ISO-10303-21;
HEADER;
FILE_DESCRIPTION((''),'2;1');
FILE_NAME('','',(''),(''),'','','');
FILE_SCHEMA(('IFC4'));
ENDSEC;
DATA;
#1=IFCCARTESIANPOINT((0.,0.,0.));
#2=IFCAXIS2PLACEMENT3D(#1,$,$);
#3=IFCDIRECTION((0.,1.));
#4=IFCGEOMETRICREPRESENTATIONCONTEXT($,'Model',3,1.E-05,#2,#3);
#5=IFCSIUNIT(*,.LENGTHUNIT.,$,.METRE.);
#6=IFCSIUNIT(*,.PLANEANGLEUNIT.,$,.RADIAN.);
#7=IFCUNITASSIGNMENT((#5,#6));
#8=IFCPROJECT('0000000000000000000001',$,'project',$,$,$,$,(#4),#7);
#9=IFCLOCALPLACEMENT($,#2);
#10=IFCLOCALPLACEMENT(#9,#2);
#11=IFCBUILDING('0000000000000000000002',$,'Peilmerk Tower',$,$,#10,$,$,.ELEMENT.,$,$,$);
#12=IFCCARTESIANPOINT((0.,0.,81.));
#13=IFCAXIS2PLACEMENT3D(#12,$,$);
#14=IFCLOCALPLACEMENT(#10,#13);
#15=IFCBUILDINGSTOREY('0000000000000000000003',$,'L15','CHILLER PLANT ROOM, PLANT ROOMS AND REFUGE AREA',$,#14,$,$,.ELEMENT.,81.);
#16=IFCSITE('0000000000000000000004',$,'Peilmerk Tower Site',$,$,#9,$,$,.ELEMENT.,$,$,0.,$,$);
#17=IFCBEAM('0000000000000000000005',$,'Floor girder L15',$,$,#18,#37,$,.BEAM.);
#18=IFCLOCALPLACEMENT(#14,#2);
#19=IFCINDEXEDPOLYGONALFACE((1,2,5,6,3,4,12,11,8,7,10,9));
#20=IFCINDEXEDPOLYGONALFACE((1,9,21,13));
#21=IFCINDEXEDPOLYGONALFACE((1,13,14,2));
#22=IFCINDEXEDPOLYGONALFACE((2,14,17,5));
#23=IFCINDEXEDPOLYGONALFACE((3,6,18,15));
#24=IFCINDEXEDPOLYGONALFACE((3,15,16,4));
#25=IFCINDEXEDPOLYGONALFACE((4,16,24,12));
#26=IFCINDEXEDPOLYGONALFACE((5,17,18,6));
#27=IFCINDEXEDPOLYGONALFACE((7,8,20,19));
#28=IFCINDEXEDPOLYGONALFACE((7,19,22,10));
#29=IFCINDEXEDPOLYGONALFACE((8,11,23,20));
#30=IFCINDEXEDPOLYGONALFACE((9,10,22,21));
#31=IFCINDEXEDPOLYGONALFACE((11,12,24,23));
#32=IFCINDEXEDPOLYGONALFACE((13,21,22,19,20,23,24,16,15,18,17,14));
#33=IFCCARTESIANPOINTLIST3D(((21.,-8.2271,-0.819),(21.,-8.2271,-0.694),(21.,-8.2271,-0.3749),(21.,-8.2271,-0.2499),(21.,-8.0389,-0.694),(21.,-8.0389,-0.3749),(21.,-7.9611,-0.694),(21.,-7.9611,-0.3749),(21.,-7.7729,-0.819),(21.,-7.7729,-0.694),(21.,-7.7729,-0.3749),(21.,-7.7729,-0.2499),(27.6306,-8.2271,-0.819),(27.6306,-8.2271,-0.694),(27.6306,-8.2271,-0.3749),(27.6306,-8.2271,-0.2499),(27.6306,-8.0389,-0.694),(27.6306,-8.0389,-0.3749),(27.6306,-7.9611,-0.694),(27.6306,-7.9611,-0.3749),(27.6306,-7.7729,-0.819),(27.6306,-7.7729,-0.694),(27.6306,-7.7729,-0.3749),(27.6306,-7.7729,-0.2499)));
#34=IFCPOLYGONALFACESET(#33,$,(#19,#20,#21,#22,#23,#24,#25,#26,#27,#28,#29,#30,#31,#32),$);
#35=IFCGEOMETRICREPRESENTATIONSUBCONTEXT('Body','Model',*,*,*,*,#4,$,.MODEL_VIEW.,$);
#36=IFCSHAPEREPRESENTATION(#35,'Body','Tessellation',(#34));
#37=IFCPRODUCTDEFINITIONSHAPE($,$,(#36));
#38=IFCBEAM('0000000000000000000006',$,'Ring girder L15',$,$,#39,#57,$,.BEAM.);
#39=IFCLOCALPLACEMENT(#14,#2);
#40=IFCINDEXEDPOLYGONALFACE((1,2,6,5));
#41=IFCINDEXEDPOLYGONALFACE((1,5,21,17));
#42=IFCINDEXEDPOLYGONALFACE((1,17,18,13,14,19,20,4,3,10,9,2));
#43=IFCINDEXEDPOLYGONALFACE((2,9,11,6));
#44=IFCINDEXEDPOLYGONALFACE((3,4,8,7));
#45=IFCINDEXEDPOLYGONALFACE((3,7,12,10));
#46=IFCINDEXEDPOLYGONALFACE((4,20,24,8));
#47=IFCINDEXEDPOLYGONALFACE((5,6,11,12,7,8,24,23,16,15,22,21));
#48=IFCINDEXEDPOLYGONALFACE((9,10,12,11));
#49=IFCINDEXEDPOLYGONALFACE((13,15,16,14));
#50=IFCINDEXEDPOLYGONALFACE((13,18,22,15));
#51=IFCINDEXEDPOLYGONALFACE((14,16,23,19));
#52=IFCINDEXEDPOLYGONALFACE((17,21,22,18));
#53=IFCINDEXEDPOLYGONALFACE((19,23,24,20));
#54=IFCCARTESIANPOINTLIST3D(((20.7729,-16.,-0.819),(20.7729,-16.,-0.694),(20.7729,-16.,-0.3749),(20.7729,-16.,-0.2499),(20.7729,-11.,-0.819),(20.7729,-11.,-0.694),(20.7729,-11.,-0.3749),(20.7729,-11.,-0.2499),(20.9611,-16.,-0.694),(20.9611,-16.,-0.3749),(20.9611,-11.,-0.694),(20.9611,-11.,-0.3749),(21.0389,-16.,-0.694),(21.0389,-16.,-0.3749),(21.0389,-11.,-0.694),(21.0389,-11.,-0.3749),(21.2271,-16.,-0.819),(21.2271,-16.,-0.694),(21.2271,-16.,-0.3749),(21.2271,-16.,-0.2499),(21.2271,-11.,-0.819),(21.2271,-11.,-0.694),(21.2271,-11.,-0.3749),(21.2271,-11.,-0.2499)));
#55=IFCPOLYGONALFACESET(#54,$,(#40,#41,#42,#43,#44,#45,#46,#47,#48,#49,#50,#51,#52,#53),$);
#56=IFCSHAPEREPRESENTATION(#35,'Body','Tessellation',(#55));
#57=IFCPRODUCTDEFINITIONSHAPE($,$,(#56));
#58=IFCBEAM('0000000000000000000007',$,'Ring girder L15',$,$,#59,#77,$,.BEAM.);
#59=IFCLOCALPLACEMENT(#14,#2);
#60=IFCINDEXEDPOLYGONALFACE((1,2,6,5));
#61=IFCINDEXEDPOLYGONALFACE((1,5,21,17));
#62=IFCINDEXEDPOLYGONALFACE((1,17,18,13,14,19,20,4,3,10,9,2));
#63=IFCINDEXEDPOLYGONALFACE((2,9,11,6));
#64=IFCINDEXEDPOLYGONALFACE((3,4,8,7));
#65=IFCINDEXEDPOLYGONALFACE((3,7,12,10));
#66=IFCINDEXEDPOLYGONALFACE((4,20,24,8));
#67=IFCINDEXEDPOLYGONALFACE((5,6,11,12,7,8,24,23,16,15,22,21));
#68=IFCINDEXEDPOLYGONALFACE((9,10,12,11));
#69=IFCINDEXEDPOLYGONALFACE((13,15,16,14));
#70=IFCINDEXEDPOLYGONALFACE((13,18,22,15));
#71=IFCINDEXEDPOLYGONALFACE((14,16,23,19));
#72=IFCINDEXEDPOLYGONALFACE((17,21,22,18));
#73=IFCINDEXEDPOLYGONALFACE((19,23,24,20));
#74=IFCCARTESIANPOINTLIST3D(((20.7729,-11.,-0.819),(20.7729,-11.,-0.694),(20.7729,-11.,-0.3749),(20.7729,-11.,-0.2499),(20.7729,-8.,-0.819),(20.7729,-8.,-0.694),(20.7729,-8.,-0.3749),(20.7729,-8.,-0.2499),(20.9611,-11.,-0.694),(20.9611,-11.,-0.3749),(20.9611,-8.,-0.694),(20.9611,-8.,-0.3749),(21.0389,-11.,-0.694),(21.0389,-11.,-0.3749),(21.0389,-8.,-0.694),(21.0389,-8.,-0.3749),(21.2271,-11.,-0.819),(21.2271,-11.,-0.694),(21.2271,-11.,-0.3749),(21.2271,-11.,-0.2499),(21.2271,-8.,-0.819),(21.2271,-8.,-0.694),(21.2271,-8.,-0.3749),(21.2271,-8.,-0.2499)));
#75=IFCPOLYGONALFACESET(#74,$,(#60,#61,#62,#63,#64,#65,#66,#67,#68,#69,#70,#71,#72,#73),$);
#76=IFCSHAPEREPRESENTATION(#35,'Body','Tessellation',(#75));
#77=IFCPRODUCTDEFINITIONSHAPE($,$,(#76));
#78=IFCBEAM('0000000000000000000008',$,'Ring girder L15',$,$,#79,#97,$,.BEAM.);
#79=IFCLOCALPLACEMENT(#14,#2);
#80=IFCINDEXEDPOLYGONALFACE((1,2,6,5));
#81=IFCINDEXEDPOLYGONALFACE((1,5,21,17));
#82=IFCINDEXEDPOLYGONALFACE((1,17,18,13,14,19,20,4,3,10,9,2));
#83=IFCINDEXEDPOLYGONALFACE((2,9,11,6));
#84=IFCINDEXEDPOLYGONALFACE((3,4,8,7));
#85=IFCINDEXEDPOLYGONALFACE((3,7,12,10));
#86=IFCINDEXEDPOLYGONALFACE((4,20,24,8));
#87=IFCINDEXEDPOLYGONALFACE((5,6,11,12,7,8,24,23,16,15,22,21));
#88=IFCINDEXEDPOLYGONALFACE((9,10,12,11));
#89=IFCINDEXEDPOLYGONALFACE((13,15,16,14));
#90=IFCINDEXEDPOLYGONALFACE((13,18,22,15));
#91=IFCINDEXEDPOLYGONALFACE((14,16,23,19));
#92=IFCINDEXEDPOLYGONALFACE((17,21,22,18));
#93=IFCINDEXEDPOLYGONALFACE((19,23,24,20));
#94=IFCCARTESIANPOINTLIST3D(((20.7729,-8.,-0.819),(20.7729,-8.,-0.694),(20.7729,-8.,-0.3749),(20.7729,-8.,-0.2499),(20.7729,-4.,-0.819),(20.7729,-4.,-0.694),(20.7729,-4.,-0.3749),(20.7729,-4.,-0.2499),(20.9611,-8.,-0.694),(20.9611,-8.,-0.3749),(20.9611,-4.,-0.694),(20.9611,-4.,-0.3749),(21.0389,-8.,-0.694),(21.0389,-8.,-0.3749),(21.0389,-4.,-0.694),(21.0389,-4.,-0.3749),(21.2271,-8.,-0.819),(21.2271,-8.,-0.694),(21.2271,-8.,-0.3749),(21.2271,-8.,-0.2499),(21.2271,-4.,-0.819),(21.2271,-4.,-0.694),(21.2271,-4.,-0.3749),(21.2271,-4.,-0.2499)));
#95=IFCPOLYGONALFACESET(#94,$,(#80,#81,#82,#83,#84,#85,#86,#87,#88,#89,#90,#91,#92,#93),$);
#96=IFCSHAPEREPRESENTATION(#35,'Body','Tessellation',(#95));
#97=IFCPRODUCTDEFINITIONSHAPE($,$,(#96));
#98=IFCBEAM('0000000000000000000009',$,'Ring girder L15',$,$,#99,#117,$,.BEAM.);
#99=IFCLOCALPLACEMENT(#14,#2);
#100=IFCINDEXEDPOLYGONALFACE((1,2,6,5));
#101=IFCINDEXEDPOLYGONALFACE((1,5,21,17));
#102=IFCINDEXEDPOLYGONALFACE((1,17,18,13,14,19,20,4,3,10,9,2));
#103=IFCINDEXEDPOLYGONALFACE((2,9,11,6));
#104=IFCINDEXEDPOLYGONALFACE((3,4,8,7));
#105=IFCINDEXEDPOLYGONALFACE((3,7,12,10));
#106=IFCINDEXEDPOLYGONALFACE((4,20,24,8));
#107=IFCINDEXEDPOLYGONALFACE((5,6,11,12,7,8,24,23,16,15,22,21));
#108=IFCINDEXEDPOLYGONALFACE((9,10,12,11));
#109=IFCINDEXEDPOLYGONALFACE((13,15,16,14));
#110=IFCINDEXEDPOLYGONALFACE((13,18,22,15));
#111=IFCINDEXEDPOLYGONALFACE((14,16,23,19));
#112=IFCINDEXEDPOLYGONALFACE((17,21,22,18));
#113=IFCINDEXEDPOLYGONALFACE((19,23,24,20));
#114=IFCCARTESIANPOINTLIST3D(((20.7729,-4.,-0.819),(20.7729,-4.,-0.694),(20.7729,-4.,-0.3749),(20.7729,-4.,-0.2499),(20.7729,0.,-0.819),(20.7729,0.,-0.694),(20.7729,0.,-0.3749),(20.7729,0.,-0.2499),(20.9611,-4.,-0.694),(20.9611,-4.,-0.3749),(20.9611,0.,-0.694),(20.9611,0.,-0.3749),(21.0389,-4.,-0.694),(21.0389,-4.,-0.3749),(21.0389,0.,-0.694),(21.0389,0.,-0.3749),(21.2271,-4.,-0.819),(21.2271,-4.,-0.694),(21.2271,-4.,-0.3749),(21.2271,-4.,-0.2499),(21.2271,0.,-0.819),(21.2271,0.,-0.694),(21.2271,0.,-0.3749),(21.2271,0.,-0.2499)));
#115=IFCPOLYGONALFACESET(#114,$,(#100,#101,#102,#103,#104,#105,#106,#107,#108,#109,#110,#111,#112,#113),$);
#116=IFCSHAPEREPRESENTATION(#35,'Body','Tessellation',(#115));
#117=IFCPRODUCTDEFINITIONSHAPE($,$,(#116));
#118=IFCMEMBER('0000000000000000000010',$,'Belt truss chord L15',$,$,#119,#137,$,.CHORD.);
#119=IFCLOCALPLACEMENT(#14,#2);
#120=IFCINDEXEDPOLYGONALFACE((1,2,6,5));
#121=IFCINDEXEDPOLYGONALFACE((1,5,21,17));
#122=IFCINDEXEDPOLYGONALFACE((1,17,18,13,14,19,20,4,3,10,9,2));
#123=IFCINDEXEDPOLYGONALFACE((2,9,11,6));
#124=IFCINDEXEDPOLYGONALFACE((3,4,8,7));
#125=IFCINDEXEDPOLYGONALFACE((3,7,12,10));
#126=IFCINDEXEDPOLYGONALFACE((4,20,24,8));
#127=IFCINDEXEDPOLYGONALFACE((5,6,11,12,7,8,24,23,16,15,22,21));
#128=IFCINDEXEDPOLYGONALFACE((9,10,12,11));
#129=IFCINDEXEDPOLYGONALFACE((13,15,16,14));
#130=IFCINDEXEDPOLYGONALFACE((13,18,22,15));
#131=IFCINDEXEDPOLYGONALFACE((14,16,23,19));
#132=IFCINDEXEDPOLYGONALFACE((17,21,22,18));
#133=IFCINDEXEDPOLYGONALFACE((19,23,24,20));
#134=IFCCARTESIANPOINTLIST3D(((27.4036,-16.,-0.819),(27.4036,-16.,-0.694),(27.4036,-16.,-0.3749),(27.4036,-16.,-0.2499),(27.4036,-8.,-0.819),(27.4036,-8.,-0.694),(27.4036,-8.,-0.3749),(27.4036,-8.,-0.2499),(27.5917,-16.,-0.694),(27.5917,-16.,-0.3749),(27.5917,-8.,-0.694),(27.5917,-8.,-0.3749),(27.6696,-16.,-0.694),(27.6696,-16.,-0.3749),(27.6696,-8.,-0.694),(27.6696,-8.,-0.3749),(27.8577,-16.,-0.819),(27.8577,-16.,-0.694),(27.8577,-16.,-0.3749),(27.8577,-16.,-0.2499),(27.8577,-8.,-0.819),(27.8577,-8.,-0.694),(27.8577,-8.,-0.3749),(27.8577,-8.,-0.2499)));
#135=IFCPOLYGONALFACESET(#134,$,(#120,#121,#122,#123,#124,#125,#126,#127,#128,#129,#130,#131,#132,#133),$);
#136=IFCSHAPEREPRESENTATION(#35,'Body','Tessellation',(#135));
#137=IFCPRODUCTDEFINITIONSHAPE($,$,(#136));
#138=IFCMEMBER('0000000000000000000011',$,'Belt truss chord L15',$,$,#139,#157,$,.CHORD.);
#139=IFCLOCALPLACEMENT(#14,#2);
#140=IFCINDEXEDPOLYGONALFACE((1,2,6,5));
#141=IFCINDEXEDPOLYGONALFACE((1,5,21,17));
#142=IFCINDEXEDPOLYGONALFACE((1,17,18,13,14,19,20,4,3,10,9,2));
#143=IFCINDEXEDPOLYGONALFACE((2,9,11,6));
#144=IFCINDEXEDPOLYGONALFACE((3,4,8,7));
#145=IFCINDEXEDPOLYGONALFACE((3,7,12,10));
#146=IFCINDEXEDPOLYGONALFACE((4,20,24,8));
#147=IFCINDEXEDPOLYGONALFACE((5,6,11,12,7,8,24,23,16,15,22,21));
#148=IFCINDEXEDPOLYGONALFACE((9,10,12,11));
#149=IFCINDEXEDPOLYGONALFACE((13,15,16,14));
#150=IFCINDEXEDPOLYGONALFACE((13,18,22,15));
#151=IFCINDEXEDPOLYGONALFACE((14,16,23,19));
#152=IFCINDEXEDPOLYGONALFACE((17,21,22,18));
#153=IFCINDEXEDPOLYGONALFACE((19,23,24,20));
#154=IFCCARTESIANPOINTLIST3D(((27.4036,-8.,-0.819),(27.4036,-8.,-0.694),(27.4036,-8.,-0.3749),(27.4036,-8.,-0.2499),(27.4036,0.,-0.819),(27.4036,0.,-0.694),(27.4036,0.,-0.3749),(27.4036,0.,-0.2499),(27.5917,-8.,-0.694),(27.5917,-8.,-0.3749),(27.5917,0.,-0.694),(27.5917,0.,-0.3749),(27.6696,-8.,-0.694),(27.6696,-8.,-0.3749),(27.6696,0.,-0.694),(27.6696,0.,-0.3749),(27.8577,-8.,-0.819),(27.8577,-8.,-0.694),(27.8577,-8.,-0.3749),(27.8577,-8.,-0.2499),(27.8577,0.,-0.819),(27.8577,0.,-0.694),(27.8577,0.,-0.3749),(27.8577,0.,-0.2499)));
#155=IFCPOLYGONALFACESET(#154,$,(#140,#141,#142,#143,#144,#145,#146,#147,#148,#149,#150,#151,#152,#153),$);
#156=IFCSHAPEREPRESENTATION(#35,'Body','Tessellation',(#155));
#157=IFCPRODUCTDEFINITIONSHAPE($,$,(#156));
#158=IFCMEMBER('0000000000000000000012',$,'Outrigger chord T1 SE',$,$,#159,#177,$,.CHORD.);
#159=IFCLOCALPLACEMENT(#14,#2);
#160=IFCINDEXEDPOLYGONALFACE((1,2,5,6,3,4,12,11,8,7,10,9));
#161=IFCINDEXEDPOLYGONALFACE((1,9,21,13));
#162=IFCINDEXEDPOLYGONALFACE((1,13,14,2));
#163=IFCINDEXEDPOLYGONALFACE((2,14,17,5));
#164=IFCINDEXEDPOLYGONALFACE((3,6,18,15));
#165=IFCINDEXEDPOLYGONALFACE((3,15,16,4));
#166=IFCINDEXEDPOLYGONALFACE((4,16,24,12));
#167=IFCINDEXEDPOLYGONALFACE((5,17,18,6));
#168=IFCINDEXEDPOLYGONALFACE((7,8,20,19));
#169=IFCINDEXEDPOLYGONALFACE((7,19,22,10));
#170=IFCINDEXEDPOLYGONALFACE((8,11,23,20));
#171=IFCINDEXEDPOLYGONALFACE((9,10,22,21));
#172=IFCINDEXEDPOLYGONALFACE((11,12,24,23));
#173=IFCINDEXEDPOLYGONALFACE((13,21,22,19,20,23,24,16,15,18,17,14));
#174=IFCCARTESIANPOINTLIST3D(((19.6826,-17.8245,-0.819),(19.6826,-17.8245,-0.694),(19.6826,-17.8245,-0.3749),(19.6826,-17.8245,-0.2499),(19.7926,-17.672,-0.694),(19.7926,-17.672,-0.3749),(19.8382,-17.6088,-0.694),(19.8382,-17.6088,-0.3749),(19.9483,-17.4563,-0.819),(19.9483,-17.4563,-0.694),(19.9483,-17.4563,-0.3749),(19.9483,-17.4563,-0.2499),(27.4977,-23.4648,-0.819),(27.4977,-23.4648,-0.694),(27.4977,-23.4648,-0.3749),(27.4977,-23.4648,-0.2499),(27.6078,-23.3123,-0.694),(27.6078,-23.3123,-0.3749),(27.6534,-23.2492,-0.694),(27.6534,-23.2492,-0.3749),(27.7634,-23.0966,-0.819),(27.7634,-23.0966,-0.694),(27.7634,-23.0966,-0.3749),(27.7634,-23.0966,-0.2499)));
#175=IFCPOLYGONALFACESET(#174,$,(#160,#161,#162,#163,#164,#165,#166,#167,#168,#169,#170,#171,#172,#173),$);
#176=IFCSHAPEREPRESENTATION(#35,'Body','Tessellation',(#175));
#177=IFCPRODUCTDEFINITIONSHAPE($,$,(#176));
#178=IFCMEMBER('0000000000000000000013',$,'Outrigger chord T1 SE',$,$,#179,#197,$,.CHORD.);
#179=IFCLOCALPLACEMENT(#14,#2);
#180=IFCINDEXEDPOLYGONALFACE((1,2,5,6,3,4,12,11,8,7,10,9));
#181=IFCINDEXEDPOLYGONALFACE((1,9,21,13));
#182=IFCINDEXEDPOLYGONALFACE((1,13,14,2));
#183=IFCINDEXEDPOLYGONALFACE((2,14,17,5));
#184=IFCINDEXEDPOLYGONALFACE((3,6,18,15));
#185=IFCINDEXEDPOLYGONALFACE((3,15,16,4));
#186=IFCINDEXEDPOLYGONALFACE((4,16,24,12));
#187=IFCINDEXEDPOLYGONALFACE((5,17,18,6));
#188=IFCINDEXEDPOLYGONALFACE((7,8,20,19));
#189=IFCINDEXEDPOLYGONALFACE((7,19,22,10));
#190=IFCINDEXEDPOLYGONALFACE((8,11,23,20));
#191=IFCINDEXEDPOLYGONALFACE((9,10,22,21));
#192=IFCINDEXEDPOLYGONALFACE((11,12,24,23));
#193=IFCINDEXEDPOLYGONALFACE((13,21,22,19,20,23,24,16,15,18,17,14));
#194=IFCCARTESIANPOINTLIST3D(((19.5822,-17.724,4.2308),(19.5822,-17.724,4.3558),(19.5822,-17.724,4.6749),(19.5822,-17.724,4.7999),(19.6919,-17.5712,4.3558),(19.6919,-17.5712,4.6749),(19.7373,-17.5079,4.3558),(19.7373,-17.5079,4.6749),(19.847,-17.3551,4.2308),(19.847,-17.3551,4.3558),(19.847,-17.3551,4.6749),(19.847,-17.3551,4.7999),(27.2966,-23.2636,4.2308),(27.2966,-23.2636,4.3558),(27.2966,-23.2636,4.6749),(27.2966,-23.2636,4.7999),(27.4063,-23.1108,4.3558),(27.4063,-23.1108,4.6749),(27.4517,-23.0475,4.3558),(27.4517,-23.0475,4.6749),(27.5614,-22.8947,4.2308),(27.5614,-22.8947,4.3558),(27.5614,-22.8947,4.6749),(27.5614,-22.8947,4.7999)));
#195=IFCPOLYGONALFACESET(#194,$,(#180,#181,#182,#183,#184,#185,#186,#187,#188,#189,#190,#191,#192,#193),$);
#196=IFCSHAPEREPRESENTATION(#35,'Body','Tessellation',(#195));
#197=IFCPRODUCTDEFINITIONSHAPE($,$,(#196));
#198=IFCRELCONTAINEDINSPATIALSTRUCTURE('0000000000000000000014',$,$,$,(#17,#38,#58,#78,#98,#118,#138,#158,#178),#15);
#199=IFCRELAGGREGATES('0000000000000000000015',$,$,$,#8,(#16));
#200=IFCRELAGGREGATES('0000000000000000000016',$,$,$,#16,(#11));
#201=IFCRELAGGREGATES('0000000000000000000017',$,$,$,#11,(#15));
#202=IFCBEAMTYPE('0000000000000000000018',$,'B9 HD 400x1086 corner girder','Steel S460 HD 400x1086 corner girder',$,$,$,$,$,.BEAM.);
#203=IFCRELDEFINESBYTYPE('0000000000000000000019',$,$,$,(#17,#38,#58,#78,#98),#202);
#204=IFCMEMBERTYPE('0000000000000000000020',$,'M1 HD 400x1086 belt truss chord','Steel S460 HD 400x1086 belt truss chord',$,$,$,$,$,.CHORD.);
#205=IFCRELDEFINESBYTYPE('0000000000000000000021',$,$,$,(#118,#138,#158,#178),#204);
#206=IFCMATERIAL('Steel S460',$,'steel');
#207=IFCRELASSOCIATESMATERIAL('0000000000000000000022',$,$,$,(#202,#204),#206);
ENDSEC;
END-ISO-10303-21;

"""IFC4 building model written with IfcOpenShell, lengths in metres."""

from ifc_helpers import new_model, si_unit, direction, frame, origin, origin_2d, place, context, subcontext, project, spatial, i_section, extrude, material, material_profile, profile_set, type_object, element, save


model = new_model("IFC4")

# Units and contexts
model_context = context("Model", 3, precision=1e-05, world=origin(), true_north=direction((0.0, 1.0)))
body_context = subcontext(model_context, "Body", "Model", "MODEL_VIEW")
ifc_project = project(units=[si_unit("LENGTHUNIT", "METRE"), si_unit("PLANEANGLEUNIT", "RADIAN")], contexts=[model_context])

# Site, building, storey
site_placement = place(None, origin())
site = spatial("IfcSite", under=ifc_project, at=site_placement, Name="Peilmerk Tower Site", CompositionType="ELEMENT", RefElevation=0.0)
building_placement = place(site_placement, origin())
building = spatial("IfcBuilding", under=site, at=building_placement, Name="Peilmerk Tower", CompositionType="ELEMENT")
storey_placement = place(building_placement, frame((0.0, 0.0, 81.0)))
storey = spatial("IfcBuildingStorey", under=building, at=storey_placement, Name="L15", Description="CHILLER PLANT ROOM, PLANT ROOMS AND REFUGE AREA", CompositionType="ELEMENT", Elevation=81.0)

# Shared definitions
ifc_material_1 = material(Name="Steel S460", Category="steel")

# Beams
ifc_material_profile_1 = material_profile(ifc_material_1, i_section(OverallWidth=0.4541, OverallDepth=0.5691, WebThickness=0.0779, FlangeThickness=0.125, at=origin_2d()), Name="HD 400x1086")
ifc_profile_set_1 = profile_set([ifc_material_profile_1], Name="Steel S460")
beam_type_1 = type_object("IfcBeamType", Name="B9 HD 400x1086 corner girder", Description="Steel S460 HD 400x1086 corner girder", PredefinedType="BEAM", material=ifc_profile_set_1)
beam_1_placement = place(storey_placement, frame((21.0, -8.0, -0.5344), z_axis=(1.0, 0.0, 0.0), x_axis=(0.0, 1.0, 0.0)))
element("IfcBeam", 1, at=beam_1_placement, inside=storey, type_object=beam_type_1, Name="Floor girder L15", PredefinedType="BEAM", context=body_context, shape_type="SweptSolid", body=[
    extrude(i_section(OverallWidth=0.4541, OverallDepth=0.5691, WebThickness=0.0779, FlangeThickness=0.125, at=origin_2d()), origin(), (0.0, 0.0, 1.0), 6.6306),
])
beam_2_placement = place(storey_placement, frame((21.0, -16.0, -0.5344), z_axis=(0.0, 1.0, 0.0), x_axis=(-1.0, 0.0, 0.0)))
element("IfcBeam", 2, at=beam_2_placement, inside=storey, type_object=beam_type_1, Name="Ring girder L15", PredefinedType="BEAM", context=body_context, shape_type="SweptSolid", body=[
    extrude(i_section(OverallWidth=0.4541, OverallDepth=0.5691, WebThickness=0.0779, FlangeThickness=0.125, at=origin_2d()), origin(), (0.0, 0.0, 1.0), 5.0),
])
beam_3_placement = place(storey_placement, frame((21.0, -11.0, -0.5344), z_axis=(0.0, 1.0, 0.0), x_axis=(-1.0, 0.0, 0.0)))
element("IfcBeam", 3, at=beam_3_placement, inside=storey, type_object=beam_type_1, Name="Ring girder L15", PredefinedType="BEAM", context=body_context, shape_type="SweptSolid", body=[
    extrude(i_section(OverallWidth=0.4541, OverallDepth=0.5691, WebThickness=0.0779, FlangeThickness=0.125, at=origin_2d()), origin(), (0.0, 0.0, 1.0), 3.0),
])
for number, where, z_axis, x_axis, name in (
    (4, (21.0, -8.0, -0.5344), (0.0, 1.0, 0.0), (-1.0, 0.0, 0.0), "Ring girder L15"),
    (5, (21.0, -4.0, -0.5344), (0.0, 1.0, 0.0), (-1.0, 0.0, 0.0), "Ring girder L15"),
):
    element("IfcBeam", number, at=place(storey_placement, frame(where, z_axis=z_axis, x_axis=x_axis)), inside=storey, type_object=beam_type_1, Name=name, PredefinedType="BEAM", context=body_context, shape_type="SweptSolid", body=[
        extrude(i_section(OverallWidth=0.4541, OverallDepth=0.5691, WebThickness=0.0779, FlangeThickness=0.125, at=origin_2d()), origin(), (0.0, 0.0, 1.0), 4.0),
    ])

# Members
ifc_material_profile_2 = material_profile(ifc_material_1, i_section(OverallWidth=0.4541, OverallDepth=0.5691, WebThickness=0.0779, FlangeThickness=0.125, at=origin_2d()), Name="HD 400x1086")
ifc_profile_set_2 = profile_set([ifc_material_profile_2], Name="Steel S460")
member_type_1 = type_object("IfcMemberType", Name="M1 HD 400x1086 belt truss chord", Description="Steel S460 HD 400x1086 belt truss chord", PredefinedType="CHORD", material=ifc_profile_set_2)
for number, where, z_axis, x_axis, name in (
    (6, (27.6306, -16.0, -0.5344), (0.0, 1.0, 0.0), (-1.0, 0.0, 0.0), "Belt truss chord L15"),
    (7, (27.6306, -8.0, -0.5344), (0.0, 1.0, 0.0), (-1.0, 0.0, 0.0), "Belt truss chord L15"),
):
    element("IfcMember", number, at=place(storey_placement, frame(where, z_axis=z_axis, x_axis=x_axis)), inside=storey, type_object=member_type_1, Name=name, PredefinedType="CHORD", context=body_context, shape_type="SweptSolid", body=[
        extrude(i_section(OverallWidth=0.4541, OverallDepth=0.5691, WebThickness=0.0779, FlangeThickness=0.125, at=origin_2d()), origin(), (0.0, 0.0, 1.0), 8.0),
    ])
member_1_placement = place(storey_placement, frame((19.8154, -17.6404, -0.5344), z_axis=(0.810872, -0.585223, 0.0), x_axis=(0.585223, 0.810872, 0.0)))
element("IfcMember", 8, at=member_1_placement, inside=storey, type_object=member_type_1, Name="Outrigger chord T1 SE", PredefinedType="CHORD", context=body_context, shape_type="SweptSolid", body=[
    extrude(i_section(OverallWidth=0.4541, OverallDepth=0.5691, WebThickness=0.0779, FlangeThickness=0.125, at=origin_2d()), origin(), (0.0, 0.0, 1.0), 9.6379),
])
member_2_placement = place(storey_placement, frame((19.7146, -17.5396, 4.5154), z_axis=(0.812272, -0.583279, 0.0), x_axis=(0.583279, 0.812272, 0.0)))
element("IfcMember", 9, at=member_2_placement, inside=storey, type_object=member_type_1, Name="Outrigger chord T1 SE", PredefinedType="CHORD", context=body_context, shape_type="SweptSolid", body=[
    extrude(i_section(OverallWidth=0.4541, OverallDepth=0.5691, WebThickness=0.0779, FlangeThickness=0.125, at=origin_2d()), origin(), (0.0, 0.0, 1.0), 9.4973),
])

save(model, "model.ifc")
